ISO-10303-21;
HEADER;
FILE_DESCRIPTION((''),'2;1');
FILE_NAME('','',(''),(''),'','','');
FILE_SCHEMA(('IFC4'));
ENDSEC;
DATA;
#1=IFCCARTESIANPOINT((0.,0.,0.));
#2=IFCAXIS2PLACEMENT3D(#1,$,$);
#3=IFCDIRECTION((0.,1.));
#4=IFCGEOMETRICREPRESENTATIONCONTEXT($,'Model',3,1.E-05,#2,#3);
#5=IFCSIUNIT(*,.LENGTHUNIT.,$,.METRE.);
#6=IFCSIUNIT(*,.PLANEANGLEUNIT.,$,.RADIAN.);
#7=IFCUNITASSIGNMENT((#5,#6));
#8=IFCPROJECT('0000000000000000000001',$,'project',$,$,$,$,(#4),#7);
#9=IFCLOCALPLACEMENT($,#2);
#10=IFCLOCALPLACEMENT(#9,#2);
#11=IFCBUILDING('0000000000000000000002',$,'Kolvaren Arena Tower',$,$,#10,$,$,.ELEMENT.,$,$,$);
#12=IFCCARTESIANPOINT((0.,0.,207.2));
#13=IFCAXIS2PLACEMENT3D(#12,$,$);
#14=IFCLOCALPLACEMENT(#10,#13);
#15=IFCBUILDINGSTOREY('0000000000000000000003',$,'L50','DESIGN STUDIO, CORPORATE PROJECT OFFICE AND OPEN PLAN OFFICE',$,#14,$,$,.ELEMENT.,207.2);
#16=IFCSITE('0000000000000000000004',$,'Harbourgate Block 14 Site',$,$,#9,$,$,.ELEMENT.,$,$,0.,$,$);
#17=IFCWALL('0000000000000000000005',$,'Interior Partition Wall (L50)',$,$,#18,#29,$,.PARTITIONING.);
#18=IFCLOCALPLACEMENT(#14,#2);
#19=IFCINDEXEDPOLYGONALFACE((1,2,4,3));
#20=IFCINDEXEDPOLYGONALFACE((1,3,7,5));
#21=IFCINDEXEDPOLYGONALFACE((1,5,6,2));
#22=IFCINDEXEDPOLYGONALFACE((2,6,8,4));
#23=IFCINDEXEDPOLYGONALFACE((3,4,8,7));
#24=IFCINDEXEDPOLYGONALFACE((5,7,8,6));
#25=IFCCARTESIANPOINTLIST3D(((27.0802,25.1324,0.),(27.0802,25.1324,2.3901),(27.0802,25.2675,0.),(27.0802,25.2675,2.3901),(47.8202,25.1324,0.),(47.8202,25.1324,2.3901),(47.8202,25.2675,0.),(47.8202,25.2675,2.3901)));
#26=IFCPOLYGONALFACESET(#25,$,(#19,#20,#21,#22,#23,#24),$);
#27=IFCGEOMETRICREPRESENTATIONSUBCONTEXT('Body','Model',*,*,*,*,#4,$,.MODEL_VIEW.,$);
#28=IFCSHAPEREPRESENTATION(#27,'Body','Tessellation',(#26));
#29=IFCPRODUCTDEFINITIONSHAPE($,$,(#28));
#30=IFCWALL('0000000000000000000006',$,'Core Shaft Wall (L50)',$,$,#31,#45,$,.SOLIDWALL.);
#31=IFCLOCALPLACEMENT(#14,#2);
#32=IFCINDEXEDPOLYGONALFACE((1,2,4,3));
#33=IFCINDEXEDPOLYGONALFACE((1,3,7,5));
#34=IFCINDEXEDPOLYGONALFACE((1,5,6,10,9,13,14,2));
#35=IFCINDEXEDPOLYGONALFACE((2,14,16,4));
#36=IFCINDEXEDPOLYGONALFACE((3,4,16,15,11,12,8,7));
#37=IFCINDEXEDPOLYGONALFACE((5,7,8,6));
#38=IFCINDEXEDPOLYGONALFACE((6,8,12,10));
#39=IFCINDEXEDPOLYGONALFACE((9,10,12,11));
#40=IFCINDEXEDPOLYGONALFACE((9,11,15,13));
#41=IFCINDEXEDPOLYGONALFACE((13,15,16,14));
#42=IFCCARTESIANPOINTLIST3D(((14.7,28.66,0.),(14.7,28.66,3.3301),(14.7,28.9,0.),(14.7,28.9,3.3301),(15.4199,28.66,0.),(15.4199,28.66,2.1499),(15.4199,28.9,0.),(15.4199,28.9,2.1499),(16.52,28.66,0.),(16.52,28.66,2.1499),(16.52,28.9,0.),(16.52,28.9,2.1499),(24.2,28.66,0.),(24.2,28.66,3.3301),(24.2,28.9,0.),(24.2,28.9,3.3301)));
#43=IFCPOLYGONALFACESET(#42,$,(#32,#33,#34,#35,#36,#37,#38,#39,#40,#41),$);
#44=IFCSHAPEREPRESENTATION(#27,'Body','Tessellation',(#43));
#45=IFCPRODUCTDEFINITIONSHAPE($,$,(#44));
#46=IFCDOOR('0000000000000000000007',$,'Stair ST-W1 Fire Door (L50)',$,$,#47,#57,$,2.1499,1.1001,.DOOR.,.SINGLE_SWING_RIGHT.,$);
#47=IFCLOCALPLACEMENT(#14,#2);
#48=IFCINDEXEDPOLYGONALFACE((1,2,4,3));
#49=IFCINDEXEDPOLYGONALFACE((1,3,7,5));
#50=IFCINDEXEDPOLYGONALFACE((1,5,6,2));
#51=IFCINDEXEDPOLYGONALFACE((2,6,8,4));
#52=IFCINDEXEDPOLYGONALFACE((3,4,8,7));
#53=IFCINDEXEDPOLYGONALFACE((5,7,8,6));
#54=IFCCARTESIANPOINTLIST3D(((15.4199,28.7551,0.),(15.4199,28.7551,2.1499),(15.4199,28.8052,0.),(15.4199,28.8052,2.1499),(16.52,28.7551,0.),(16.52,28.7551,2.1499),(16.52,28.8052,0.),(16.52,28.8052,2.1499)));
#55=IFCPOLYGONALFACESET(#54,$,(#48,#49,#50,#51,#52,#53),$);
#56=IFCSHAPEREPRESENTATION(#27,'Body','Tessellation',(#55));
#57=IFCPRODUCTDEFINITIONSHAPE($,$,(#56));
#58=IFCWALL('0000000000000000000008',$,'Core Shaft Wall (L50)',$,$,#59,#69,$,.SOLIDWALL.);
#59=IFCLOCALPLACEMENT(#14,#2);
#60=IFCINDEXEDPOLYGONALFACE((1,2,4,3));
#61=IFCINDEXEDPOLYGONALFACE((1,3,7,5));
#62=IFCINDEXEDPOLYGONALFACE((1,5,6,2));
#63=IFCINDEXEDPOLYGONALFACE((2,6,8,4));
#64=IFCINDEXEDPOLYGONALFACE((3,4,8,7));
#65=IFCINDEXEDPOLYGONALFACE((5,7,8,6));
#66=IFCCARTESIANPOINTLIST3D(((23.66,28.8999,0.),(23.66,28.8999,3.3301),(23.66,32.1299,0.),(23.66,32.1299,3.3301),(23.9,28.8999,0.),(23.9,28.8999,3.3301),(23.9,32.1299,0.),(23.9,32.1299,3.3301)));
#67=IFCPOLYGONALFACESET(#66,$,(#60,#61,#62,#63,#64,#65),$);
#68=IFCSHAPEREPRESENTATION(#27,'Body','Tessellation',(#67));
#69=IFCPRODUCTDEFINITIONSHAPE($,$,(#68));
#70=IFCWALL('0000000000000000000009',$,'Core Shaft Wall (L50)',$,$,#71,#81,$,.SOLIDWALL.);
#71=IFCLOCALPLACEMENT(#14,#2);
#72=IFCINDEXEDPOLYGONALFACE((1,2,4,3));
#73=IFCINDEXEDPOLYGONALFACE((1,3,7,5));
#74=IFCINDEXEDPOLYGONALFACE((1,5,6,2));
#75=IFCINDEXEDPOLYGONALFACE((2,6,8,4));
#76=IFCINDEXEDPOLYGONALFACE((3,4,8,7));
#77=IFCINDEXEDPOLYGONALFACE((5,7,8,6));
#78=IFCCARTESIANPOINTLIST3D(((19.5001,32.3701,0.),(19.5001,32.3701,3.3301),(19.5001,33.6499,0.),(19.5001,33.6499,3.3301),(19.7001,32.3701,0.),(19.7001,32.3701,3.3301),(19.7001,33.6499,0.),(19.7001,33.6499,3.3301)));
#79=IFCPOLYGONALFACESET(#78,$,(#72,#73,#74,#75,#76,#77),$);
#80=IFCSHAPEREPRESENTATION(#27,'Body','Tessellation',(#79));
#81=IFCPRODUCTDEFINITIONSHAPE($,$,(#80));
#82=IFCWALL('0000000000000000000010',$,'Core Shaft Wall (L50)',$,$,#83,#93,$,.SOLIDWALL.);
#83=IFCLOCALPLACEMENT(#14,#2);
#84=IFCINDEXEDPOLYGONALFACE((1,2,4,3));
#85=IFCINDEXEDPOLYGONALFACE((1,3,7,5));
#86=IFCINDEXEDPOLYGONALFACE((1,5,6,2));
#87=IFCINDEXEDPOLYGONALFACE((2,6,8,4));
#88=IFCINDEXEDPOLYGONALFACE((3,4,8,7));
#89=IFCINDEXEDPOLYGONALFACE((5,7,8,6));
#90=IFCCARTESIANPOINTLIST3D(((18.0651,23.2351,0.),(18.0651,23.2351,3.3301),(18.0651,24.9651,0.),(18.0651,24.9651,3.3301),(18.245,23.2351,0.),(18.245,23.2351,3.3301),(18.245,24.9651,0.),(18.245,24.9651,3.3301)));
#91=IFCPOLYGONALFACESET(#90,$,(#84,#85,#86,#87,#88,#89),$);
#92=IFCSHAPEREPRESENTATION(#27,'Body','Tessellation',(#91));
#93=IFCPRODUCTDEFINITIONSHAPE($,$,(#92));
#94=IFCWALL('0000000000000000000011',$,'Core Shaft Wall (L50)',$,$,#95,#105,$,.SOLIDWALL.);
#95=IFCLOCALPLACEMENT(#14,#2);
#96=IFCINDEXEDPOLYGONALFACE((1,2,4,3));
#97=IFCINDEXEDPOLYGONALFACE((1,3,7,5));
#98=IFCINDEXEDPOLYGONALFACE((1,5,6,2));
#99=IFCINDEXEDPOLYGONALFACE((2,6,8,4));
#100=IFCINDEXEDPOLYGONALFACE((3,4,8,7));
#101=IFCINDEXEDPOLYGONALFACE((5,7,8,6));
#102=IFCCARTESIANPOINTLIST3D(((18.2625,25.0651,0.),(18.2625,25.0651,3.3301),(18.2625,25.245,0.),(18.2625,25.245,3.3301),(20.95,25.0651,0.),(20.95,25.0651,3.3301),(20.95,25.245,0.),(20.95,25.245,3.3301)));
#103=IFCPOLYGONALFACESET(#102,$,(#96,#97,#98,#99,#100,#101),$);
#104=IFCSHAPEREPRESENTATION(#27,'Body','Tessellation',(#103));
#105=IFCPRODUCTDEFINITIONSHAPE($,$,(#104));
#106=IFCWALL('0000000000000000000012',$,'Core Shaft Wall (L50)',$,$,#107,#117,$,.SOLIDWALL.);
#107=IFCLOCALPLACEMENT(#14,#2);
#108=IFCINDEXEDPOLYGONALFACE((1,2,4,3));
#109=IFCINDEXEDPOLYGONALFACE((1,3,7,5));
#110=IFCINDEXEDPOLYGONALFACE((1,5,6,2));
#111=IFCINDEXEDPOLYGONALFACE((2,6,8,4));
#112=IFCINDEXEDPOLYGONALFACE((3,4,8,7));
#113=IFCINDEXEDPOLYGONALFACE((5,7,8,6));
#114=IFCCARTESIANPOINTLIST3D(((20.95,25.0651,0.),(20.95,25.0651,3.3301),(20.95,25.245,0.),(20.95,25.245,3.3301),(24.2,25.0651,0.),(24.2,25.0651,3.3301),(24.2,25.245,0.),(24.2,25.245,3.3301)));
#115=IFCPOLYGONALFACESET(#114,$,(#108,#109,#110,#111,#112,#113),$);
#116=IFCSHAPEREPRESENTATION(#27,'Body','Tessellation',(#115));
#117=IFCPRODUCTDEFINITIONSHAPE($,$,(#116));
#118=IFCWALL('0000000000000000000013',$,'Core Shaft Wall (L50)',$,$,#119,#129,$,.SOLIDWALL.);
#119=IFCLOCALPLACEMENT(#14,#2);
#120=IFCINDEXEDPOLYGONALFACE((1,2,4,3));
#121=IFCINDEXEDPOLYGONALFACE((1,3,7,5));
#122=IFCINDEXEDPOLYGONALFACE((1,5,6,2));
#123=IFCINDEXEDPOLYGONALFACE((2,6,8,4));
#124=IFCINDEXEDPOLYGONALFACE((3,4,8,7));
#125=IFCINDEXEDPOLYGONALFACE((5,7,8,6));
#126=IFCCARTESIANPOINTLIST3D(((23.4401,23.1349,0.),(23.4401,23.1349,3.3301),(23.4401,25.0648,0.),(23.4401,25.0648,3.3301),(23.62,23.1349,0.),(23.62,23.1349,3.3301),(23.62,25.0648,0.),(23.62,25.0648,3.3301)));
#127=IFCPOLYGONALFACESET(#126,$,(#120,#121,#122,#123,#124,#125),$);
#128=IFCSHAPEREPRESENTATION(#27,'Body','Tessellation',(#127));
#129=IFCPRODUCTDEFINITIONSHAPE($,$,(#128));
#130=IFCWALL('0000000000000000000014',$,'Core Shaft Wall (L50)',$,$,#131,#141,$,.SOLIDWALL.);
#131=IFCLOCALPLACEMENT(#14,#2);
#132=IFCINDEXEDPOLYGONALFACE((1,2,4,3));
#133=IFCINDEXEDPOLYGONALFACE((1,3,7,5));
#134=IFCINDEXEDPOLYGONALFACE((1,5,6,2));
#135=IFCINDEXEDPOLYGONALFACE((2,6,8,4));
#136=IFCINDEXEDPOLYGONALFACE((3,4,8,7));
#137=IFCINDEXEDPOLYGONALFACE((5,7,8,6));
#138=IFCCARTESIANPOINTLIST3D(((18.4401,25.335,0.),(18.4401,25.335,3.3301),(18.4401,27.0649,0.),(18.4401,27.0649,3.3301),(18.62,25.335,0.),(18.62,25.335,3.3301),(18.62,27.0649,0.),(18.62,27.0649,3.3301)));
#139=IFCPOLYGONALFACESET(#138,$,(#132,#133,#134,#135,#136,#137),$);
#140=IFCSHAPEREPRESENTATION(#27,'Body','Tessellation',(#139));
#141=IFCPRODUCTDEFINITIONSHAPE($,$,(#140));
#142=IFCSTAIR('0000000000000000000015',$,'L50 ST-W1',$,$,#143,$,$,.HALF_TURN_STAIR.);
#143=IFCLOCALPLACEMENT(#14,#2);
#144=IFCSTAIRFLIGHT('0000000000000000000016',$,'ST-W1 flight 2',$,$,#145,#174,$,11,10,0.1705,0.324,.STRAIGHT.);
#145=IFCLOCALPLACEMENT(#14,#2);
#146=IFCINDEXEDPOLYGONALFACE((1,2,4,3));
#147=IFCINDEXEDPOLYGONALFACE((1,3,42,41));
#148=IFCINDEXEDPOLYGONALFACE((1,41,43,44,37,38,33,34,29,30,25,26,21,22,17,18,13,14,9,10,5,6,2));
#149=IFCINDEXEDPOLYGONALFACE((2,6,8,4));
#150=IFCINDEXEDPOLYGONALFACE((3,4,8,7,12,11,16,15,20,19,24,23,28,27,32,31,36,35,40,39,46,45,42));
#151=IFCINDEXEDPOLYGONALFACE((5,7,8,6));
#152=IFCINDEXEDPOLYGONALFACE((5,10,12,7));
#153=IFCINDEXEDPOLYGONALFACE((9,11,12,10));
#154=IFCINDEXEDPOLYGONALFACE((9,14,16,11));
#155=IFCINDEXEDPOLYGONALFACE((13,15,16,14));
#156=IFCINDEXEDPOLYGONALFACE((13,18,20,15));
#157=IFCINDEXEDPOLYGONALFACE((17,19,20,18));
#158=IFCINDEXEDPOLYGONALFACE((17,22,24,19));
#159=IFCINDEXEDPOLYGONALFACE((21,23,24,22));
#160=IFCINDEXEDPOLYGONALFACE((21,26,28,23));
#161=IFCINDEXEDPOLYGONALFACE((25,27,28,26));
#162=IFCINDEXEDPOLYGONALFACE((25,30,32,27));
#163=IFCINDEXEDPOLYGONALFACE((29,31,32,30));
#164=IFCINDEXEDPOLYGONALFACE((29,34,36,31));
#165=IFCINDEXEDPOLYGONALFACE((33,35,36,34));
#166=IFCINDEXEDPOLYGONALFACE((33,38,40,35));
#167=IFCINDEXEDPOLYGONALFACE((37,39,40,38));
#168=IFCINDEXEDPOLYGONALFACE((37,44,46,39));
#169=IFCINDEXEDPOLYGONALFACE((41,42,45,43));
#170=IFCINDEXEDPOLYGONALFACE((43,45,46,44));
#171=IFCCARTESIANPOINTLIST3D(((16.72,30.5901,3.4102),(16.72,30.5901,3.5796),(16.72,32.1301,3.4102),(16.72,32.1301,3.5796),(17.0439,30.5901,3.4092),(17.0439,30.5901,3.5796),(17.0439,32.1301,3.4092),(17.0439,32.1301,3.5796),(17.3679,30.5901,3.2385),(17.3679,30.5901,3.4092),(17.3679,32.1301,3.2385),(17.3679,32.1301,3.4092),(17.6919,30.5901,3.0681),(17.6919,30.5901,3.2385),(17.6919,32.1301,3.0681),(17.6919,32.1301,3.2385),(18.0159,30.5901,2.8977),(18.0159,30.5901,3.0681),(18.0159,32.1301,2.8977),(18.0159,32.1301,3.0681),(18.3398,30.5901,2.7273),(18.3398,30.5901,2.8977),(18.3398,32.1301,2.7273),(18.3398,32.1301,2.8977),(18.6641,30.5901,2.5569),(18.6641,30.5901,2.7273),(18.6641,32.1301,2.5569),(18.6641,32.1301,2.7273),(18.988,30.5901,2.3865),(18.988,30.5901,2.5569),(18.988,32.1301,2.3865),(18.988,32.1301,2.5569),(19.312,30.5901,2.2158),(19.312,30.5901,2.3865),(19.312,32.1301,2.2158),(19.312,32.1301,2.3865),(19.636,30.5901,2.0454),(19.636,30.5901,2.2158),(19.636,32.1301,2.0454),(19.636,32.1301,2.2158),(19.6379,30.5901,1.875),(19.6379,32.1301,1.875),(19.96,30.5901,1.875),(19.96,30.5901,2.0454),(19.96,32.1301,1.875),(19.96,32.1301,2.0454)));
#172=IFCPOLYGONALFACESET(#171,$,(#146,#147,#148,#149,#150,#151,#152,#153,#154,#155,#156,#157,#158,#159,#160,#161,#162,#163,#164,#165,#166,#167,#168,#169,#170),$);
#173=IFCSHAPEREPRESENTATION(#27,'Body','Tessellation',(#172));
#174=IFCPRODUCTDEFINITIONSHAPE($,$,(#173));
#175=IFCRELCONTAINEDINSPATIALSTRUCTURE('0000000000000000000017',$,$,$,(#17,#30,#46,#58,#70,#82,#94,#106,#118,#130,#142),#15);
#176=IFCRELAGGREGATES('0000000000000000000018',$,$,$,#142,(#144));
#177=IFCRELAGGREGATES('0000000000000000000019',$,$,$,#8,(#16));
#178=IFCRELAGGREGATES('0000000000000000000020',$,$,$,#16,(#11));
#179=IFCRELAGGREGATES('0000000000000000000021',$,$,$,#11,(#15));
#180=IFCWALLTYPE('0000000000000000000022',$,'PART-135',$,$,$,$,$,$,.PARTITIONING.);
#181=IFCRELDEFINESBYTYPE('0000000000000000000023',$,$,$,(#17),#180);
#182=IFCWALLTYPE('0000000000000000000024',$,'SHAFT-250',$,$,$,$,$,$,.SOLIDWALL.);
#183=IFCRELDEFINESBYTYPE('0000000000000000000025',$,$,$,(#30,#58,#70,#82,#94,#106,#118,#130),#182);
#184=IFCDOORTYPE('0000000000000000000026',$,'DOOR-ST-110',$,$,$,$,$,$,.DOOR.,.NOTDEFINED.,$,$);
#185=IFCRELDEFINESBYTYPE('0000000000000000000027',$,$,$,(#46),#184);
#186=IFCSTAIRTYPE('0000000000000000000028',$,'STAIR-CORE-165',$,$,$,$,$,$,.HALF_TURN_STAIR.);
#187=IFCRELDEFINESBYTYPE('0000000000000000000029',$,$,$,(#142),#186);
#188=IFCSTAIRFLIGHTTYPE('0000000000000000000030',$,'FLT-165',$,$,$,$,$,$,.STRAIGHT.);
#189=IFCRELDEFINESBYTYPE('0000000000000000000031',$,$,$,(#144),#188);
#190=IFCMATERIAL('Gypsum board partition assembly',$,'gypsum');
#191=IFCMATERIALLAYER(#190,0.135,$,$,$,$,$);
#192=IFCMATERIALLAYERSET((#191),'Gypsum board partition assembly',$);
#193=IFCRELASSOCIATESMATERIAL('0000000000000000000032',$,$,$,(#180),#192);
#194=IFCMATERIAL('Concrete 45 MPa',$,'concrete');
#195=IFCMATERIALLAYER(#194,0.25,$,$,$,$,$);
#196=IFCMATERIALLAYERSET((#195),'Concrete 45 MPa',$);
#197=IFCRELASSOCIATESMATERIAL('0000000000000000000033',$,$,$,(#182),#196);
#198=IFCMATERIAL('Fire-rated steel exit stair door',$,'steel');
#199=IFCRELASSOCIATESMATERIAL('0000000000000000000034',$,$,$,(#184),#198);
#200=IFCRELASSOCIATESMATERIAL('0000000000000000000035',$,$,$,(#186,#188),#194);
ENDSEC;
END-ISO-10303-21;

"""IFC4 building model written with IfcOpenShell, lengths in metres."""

from ifc_helpers import new_model, si_unit, direction, frame, frame_2d, origin, place, context, subcontext, project, spatial, polyline, rectangle, outline, extrude, material, layer, layer_set, type_object, element, fill, aggregate, save


model = new_model("IFC4")

# Units and contexts
model_context = context("Model", 3, precision=1e-05, world=origin(), true_north=direction((0.0, 1.0)))
body_context = subcontext(model_context, "Body", "Model", "MODEL_VIEW")
ifc_project = project(units=[si_unit("LENGTHUNIT", "METRE"), si_unit("PLANEANGLEUNIT", "RADIAN")], contexts=[model_context])

# Site, building, storey
site_placement = place(None, origin())
site = spatial("IfcSite", under=ifc_project, at=site_placement, Name="Harbourgate Block 14 Site", CompositionType="ELEMENT", RefElevation=0.0)
building_placement = place(site_placement, origin())
building = spatial("IfcBuilding", under=site, at=building_placement, Name="Kolvaren Arena Tower", CompositionType="ELEMENT")
storey_placement = place(building_placement, frame((0.0, 0.0, 207.2)))
storey = spatial("IfcBuildingStorey", under=building, at=storey_placement, Name="L50", Description="DESIGN STUDIO, CORPORATE PROJECT OFFICE AND OPEN PLAN OFFICE", CompositionType="ELEMENT", Elevation=207.2)

# Wall
ifc_material_1 = material(Name="Gypsum board partition assembly", Category="gypsum")
ifc_layer_1 = layer(ifc_material_1, 0.135)
ifc_layer_set_1 = layer_set([ifc_layer_1], Name="Gypsum board partition assembly")
wall_type_1 = type_object("IfcWallType", Name="PART-135", PredefinedType="PARTITIONING", material=ifc_layer_set_1)
wall_1_placement = place(storey_placement, frame((27.0801, 25.2, 0.0), z_axis=(0.0, 0.0, 1.0), x_axis=(1.0, 0.0, 0.0)))
element("IfcWall", 1, at=wall_1_placement, inside=storey, type_object=wall_type_1, Name="Interior Partition Wall (L50)", PredefinedType="PARTITIONING", context=body_context, shape_type="SweptSolid", body=[
    extrude(rectangle(XDim=20.74, YDim=0.135, at=frame_2d((10.3701, 0.0))), origin(), (0.0, 0.0, 1.0), 2.3901),
])

# Wall, opening, door
ifc_material_2 = material(Name="Concrete 45 MPa", Category="concrete")
ifc_layer_2 = layer(ifc_material_2, 0.25)
ifc_layer_set_2 = layer_set([ifc_layer_2], Name="Concrete 45 MPa")
wall_type_2 = type_object("IfcWallType", Name="SHAFT-250", PredefinedType="SOLIDWALL", material=ifc_layer_set_2)
wall_2_placement = place(storey_placement, frame((24.2, 28.78, 0.0), z_axis=(0.0, 0.0, 1.0), x_axis=(-1.0, 0.0, 0.0)))
wall_2 = element("IfcWall", 2, at=wall_2_placement, inside=storey, type_object=wall_type_2, Name="Core Shaft Wall (L50)", PredefinedType="SOLIDWALL", context=body_context, shape_type="SweptSolid", body=[
    extrude(rectangle(XDim=9.5, YDim=0.24, at=frame_2d((4.75, 0.0))), origin(), (0.0, 0.0, 1.0), 3.3301),
])
opening_placement = place(wall_2_placement, frame((7.6799, 0.0, 0.0)))
opening = element("IfcOpeningElement", 3, at=opening_placement, cuts=wall_2, PredefinedType="OPENING", context=body_context, shape_type="SweptSolid", body=[
    extrude(rectangle(XDim=1.1001, YDim=2.1499, at=frame_2d((0.55, 1.075))), frame((0.0, 0.1299, 0.0), z_axis=(0.0, -1.0, 0.0), x_axis=(1.0, 0.0, 0.0)), (0.0, 0.0, 1.0), 0.26),
])
ifc_material_3 = material(Name="Fire-rated steel exit stair door", Category="steel")
door_type = type_object("IfcDoorType", Name="DOOR-ST-110", OperationType="NOTDEFINED", PredefinedType="DOOR", material=ifc_material_3)
door_placement = place(opening_placement, origin())
door = element("IfcDoor", 4, at=door_placement, inside=storey, type_object=door_type, Name="Stair ST-W1 Fire Door (L50)", OperationType="SINGLE_SWING_RIGHT", OverallHeight=2.1499, OverallWidth=1.1001, PredefinedType="DOOR", context=body_context, shape_type="SweptSolid", body=[
    extrude(rectangle(XDim=1.1001, YDim=2.1499, at=frame_2d((0.55, 1.075))), frame((0.0, 0.0249, 0.0), z_axis=(0.0, -1.0, 0.0), x_axis=(1.0, 0.0, 0.0)), (0.0, 0.0, 1.0), 0.05),
])
fill(opening, door)

# Walls
wall_3_placement = place(storey_placement, frame((23.78, 28.8999, 0.0), z_axis=(0.0, 0.0, 1.0), x_axis=(0.0, 1.0, 0.0)))
element("IfcWall", 5, at=wall_3_placement, inside=storey, type_object=wall_type_2, Name="Core Shaft Wall (L50)", PredefinedType="SOLIDWALL", context=body_context, shape_type="SweptSolid", body=[
    extrude(rectangle(XDim=3.23, YDim=0.24, at=frame_2d((1.615, 0.0))), origin(), (0.0, 0.0, 1.0), 3.3301),
])
wall_4_placement = place(storey_placement, frame((19.6001, 32.3701, 0.0), z_axis=(0.0, 0.0, 1.0), x_axis=(0.0, 1.0, 0.0)))
element("IfcWall", 6, at=wall_4_placement, inside=storey, type_object=wall_type_2, Name="Core Shaft Wall (L50)", PredefinedType="SOLIDWALL", context=body_context, shape_type="SweptSolid", body=[
    extrude(rectangle(XDim=1.2798, YDim=0.2, at=frame_2d((0.6399, 0.0))), origin(), (0.0, 0.0, 1.0), 3.3301),
])
wall_5_placement = place(storey_placement, frame((18.155, 23.2351, 0.0), z_axis=(0.0, 0.0, 1.0), x_axis=(0.0, 1.0, 0.0)))
element("IfcWall", 7, at=wall_5_placement, inside=storey, type_object=wall_type_2, Name="Core Shaft Wall (L50)", PredefinedType="SOLIDWALL", context=body_context, shape_type="SweptSolid", body=[
    extrude(rectangle(XDim=1.73, YDim=0.1799, at=frame_2d((0.865, 0.0))), origin(), (0.0, 0.0, 1.0), 3.3301),
])
wall_6_placement = place(storey_placement, frame((18.2625, 25.155, 0.0), z_axis=(0.0, 0.0, 1.0), x_axis=(1.0, 0.0, 0.0)))
element("IfcWall", 8, at=wall_6_placement, inside=storey, type_object=wall_type_2, Name="Core Shaft Wall (L50)", PredefinedType="SOLIDWALL", context=body_context, shape_type="SweptSolid", body=[
    extrude(rectangle(XDim=2.6875, YDim=0.1799, at=frame_2d((1.3438, 0.0))), origin(), (0.0, 0.0, 1.0), 3.3301),
])
wall_7_placement = place(storey_placement, frame((20.95, 25.155, 0.0), z_axis=(0.0, 0.0, 1.0), x_axis=(1.0, 0.0, 0.0)))
element("IfcWall", 9, at=wall_7_placement, inside=storey, type_object=wall_type_2, Name="Core Shaft Wall (L50)", PredefinedType="SOLIDWALL", context=body_context, shape_type="SweptSolid", body=[
    extrude(rectangle(XDim=3.25, YDim=0.1799, at=frame_2d((1.625, 0.0))), origin(), (0.0, 0.0, 1.0), 3.3301),
])
wall_8_placement = place(storey_placement, frame((23.53, 23.135, 0.0), z_axis=(0.0, 0.0, 1.0), x_axis=(0.0, 1.0, 0.0)))
element("IfcWall", 10, at=wall_8_placement, inside=storey, type_object=wall_type_2, Name="Core Shaft Wall (L50)", PredefinedType="SOLIDWALL", context=body_context, shape_type="SweptSolid", body=[
    extrude(rectangle(XDim=1.9299, YDim=0.1799, at=frame_2d((0.9648, 0.0))), origin(), (0.0, 0.0, 1.0), 3.3301),
])
wall_9_placement = place(storey_placement, frame((18.53, 25.335, 0.0), z_axis=(0.0, 0.0, 1.0), x_axis=(0.0, 1.0, 0.0)))
element("IfcWall", 11, at=wall_9_placement, inside=storey, type_object=wall_type_2, Name="Core Shaft Wall (L50)", PredefinedType="SOLIDWALL", context=body_context, shape_type="SweptSolid", body=[
    extrude(rectangle(XDim=1.73, YDim=0.1799, at=frame_2d((0.865, 0.0))), origin(), (0.0, 0.0, 1.0), 3.3301),
])

# Stair, stair flight
stair_type = type_object("IfcStairType", Name="STAIR-CORE-165", PredefinedType="HALF_TURN_STAIR", material=ifc_material_2)
stair_placement = place(storey_placement, origin())
stair = element("IfcStair", 12, at=stair_placement, inside=storey, type_object=stair_type, Name="L50 ST-W1", PredefinedType="HALF_TURN_STAIR")
stair_flight_type = type_object("IfcStairFlightType", Name="FLT-165", PredefinedType="STRAIGHT", material=ifc_material_2)
stair_flight_placement = place(storey_placement, frame((19.96, 31.3601, 1.875), z_axis=(0.0, 0.0, 1.0), x_axis=(-1.0, 0.0, 0.0)))
stair_flight = element("IfcStairFlight", 13, at=stair_flight_placement, type_object=stair_flight_type, Name="ST-W1 flight 2", NumberOfRisers=11, NumberOfTreads=10, PredefinedType="STRAIGHT", RiserHeight=0.1705, TreadLength=0.324, context=body_context, shape_type="SweptSolid", body=[
    extrude(outline(polyline([(0.0, 0.0), (0.0, 0.1704), (0.324, 0.1704), (0.324, 0.3408), (0.6479, 0.3408), (0.6479, 0.5115), (0.9719, 0.5115), (0.9719, 0.6819), (1.2959, 0.6819), (1.2959, 0.8523), (1.6201, 0.8523), (1.6201, 1.0227), (1.9441, 1.0227), (1.9441, 1.1931), (2.2681, 1.1931), (2.2681, 1.3635), (2.592, 1.3635), (2.592, 1.5342), (2.916, 1.5342), (2.916, 1.7046), (3.24, 1.7046), (3.24, 1.875), (3.24, 1.5352), (0.322, 0.0), (0.0, 0.0)])), frame((0.0, 0.77, 0.0), z_axis=(0.0, -1.0, 0.0), x_axis=(1.0, 0.0, 0.0)), (0.0, 0.0, 1.0), 1.54),
])
aggregate(stair, [stair_flight])

save(model, "model.ifc")
